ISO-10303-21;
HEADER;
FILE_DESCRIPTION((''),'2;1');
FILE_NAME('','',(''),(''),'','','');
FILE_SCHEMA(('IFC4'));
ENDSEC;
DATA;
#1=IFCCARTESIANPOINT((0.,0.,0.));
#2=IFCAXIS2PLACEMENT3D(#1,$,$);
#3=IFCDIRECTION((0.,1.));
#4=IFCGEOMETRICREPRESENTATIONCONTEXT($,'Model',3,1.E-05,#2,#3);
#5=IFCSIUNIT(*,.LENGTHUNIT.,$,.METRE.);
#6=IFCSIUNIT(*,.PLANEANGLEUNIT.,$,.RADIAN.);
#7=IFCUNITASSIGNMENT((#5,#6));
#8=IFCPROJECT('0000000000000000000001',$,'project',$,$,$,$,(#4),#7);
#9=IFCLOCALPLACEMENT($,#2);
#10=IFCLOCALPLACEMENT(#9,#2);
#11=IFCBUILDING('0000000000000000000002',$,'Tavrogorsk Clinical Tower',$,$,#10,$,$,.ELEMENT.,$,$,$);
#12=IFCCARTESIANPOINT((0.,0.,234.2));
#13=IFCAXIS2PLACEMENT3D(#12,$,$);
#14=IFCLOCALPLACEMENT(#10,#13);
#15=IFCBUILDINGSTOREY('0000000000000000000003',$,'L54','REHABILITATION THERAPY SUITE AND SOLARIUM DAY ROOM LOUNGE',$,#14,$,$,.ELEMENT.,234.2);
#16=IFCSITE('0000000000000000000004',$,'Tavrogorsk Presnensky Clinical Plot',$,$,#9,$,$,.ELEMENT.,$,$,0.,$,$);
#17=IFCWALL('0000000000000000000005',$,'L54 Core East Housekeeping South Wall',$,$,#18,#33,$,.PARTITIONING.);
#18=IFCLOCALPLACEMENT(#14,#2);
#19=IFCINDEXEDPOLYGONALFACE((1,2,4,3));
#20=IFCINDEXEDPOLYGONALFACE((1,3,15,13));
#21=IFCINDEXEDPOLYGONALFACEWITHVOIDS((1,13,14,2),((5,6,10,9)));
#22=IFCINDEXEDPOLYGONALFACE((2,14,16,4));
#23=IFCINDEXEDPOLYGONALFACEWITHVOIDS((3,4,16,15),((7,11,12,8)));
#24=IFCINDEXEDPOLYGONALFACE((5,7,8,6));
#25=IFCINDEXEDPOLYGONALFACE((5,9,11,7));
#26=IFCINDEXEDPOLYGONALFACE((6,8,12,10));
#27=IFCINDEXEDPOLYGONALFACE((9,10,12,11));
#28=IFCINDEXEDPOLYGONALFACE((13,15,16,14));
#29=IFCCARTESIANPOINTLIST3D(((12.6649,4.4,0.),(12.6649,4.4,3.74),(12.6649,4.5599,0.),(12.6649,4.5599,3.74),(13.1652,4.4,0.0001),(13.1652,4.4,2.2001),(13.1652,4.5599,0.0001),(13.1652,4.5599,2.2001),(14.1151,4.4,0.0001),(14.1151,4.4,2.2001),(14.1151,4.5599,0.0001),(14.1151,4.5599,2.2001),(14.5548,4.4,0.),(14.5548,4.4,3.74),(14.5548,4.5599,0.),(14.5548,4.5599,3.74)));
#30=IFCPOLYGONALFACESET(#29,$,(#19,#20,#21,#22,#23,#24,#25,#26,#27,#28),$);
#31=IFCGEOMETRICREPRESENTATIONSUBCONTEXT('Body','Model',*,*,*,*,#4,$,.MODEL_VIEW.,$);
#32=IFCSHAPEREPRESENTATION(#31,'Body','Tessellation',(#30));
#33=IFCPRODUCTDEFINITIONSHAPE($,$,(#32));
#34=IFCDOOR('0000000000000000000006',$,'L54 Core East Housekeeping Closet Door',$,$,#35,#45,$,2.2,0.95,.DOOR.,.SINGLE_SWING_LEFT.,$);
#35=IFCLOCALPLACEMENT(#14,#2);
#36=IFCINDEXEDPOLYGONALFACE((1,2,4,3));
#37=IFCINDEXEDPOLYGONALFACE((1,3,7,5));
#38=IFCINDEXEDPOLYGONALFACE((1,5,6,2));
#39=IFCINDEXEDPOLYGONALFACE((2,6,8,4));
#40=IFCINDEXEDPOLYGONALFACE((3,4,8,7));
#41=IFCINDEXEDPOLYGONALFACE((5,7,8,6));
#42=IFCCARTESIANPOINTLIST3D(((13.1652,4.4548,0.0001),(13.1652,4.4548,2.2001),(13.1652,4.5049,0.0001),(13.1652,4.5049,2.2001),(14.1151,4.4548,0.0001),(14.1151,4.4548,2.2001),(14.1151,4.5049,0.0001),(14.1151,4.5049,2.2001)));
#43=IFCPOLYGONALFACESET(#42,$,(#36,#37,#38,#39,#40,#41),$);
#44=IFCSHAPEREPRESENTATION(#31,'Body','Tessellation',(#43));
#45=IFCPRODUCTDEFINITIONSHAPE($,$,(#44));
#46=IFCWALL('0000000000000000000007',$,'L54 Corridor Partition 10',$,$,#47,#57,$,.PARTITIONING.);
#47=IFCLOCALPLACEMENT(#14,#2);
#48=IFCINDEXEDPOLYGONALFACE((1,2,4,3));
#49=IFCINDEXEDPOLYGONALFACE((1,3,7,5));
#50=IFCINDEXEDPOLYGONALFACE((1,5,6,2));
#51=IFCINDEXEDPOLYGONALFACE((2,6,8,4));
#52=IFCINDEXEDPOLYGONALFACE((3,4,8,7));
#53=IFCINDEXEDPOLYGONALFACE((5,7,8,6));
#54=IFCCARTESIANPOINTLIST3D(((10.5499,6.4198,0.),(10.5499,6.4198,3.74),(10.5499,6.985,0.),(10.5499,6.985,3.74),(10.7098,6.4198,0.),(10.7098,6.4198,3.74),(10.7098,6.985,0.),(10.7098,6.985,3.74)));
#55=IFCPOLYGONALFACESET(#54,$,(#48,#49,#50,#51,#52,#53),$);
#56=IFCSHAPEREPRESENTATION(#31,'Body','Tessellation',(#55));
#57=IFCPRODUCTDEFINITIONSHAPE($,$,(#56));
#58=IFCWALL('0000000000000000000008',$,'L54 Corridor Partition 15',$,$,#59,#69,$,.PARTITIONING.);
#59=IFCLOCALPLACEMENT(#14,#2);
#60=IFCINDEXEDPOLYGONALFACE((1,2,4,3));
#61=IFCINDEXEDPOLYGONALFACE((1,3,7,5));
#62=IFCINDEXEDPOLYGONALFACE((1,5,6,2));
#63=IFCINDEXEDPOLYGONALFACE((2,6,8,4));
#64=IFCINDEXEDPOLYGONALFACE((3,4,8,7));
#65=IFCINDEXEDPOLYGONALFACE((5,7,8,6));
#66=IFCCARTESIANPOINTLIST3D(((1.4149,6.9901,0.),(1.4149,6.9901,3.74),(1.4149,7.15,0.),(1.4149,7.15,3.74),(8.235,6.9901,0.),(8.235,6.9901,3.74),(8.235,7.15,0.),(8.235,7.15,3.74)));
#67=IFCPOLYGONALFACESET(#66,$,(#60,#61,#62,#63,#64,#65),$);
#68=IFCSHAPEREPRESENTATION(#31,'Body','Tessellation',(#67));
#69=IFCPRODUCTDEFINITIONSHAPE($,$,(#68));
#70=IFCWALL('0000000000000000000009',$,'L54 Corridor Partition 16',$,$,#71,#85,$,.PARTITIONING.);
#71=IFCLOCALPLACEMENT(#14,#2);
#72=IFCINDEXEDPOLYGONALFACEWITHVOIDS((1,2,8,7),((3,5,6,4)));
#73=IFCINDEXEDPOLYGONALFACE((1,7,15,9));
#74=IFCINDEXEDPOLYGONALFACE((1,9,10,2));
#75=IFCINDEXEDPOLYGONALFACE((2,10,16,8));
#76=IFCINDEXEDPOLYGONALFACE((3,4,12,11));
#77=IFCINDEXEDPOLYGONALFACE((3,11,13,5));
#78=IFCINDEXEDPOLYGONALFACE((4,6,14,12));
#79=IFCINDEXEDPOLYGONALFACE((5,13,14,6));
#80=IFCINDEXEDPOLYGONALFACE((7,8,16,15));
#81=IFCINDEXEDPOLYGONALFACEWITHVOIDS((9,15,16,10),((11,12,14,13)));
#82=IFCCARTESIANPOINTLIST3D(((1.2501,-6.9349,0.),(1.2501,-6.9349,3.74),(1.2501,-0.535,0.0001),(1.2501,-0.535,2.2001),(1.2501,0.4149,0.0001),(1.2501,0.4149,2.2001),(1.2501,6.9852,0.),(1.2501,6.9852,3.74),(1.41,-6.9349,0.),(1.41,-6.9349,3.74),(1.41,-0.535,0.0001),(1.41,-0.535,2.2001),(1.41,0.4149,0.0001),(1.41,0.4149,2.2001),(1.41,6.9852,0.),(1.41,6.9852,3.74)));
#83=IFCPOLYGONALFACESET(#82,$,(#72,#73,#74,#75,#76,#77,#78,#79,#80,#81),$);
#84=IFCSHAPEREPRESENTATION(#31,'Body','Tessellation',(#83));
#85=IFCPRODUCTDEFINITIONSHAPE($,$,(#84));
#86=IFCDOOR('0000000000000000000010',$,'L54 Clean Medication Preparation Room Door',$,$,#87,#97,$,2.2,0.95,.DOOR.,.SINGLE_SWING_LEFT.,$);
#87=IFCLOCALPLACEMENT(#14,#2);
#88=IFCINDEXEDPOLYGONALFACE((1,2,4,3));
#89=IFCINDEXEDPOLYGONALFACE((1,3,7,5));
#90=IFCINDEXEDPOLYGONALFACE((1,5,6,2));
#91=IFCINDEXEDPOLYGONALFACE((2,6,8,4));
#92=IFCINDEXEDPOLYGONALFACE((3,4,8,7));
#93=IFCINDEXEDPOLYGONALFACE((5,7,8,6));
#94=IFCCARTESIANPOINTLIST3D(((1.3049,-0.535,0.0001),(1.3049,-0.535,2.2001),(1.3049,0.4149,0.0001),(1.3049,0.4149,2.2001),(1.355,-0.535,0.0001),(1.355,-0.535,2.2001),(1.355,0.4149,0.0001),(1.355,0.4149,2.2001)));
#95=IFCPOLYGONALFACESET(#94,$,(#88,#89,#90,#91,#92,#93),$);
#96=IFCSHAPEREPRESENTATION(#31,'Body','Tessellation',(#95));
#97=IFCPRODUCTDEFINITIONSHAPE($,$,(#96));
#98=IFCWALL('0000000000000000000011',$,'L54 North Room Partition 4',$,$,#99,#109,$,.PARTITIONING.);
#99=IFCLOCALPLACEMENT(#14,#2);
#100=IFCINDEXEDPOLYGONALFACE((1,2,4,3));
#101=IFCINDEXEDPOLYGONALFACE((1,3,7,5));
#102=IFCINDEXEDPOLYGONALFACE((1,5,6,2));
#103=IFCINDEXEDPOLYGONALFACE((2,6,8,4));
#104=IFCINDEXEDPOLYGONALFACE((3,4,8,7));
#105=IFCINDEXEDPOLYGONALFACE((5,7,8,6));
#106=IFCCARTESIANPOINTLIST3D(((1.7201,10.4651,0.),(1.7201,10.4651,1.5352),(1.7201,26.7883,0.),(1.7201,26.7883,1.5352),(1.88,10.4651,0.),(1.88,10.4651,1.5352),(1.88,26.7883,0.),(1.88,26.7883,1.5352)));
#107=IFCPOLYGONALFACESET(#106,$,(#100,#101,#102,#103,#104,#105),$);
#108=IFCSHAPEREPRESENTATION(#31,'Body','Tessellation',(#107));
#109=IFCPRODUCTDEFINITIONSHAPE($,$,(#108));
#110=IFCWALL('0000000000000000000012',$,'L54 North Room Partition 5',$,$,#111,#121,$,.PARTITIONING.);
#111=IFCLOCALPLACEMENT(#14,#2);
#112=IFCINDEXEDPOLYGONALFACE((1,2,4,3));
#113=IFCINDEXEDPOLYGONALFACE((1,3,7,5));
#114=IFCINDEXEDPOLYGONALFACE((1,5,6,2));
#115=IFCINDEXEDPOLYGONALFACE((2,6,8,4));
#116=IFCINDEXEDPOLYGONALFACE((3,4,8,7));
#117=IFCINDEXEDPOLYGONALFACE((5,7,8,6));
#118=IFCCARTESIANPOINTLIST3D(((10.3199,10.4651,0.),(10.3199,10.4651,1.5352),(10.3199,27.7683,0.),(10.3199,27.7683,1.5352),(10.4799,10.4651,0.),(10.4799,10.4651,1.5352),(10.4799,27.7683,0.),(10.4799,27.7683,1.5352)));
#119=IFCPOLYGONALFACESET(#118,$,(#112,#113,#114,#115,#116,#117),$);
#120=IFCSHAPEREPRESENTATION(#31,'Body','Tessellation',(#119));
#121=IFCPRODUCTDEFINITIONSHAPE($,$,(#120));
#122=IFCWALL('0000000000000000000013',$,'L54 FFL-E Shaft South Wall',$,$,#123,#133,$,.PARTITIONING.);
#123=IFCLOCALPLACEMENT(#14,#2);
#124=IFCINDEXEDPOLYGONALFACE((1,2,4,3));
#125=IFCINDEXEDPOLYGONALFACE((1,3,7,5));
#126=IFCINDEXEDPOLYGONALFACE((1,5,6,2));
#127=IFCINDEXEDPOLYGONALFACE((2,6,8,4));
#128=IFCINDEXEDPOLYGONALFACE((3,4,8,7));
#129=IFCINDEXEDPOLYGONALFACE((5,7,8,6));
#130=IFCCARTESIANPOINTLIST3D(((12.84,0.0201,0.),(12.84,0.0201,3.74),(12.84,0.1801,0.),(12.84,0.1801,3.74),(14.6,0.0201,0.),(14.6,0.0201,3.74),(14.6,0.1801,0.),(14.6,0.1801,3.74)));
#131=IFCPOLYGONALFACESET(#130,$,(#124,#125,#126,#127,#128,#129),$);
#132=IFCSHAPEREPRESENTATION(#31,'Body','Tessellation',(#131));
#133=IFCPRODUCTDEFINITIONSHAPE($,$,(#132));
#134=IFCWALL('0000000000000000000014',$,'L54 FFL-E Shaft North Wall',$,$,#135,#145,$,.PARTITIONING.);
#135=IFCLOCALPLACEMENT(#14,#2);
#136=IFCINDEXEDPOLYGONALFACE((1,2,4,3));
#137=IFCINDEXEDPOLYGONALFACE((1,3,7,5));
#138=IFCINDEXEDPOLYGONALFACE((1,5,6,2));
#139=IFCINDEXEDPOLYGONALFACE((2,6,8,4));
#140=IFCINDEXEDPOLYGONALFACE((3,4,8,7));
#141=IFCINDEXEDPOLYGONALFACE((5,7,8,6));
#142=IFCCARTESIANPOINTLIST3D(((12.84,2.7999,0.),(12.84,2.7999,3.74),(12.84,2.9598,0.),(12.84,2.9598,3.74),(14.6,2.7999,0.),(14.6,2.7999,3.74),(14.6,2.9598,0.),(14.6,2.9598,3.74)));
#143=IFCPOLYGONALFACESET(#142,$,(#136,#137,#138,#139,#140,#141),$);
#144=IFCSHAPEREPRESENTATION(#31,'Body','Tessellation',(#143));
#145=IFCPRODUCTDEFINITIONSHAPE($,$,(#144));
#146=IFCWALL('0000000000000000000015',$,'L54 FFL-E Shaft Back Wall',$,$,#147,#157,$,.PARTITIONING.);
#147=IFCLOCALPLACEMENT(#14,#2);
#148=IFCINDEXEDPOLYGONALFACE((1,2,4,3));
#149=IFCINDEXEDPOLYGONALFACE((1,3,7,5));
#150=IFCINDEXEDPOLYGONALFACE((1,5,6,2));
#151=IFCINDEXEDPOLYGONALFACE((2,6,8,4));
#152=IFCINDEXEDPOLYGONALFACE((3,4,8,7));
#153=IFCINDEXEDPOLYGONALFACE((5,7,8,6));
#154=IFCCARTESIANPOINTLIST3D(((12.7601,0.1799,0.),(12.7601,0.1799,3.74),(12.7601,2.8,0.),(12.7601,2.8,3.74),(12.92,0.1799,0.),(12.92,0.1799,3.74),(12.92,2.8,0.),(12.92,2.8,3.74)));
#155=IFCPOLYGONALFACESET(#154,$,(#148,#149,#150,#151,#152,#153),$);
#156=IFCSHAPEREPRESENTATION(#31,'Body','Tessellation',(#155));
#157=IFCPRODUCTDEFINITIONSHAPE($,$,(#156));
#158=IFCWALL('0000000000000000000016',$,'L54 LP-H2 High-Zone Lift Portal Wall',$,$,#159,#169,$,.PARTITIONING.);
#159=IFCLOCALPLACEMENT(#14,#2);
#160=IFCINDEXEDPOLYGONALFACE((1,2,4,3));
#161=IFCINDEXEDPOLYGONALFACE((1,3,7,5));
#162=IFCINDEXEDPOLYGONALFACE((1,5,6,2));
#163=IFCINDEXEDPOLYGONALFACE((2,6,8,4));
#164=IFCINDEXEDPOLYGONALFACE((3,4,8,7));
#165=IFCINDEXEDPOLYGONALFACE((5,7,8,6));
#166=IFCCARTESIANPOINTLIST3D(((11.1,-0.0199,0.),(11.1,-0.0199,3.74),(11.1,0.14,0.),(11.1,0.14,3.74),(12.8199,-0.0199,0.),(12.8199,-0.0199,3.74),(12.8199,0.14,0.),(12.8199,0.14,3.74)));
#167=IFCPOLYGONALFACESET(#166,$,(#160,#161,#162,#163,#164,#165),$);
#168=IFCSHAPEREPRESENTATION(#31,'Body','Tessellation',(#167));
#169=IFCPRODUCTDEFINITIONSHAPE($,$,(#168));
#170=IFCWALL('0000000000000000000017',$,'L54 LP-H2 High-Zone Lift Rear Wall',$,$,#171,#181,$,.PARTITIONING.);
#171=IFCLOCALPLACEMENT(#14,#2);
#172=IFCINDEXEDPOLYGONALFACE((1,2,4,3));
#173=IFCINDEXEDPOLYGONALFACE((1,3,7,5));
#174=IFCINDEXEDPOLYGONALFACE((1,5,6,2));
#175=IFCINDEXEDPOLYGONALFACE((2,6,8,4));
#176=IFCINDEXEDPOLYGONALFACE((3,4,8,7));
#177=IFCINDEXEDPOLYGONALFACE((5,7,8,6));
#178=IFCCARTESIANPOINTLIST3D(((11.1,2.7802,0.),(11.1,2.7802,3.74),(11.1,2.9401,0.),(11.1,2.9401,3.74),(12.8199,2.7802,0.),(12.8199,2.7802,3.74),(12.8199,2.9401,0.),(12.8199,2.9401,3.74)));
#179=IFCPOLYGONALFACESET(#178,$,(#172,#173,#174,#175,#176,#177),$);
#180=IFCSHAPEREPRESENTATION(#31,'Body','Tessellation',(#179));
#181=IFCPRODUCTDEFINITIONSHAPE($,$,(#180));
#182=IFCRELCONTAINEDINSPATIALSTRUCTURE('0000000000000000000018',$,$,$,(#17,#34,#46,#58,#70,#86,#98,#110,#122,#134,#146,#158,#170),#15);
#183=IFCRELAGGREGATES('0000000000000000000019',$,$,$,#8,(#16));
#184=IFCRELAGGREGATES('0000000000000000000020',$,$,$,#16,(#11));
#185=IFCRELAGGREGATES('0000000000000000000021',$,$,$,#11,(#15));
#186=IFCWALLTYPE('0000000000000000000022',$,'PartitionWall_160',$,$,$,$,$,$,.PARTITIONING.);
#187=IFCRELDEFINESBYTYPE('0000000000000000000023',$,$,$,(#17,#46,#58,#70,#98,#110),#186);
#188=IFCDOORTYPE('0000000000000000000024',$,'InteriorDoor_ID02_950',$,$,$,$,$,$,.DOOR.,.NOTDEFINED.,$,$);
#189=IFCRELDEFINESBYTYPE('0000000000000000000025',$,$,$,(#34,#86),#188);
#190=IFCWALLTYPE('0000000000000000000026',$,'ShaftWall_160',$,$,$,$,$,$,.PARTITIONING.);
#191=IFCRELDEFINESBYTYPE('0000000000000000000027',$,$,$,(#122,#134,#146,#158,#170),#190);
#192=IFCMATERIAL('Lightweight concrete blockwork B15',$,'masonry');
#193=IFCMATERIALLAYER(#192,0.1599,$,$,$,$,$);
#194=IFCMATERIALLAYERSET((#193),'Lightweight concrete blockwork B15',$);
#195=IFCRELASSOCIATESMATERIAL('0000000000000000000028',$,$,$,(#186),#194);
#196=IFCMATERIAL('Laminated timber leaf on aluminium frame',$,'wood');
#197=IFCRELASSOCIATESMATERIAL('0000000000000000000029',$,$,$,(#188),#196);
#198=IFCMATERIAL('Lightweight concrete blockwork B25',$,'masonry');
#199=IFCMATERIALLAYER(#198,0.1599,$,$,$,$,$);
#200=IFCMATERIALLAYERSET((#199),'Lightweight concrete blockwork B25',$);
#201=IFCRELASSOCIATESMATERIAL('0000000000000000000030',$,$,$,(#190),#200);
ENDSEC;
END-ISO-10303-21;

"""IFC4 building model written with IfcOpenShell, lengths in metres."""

from ifc_helpers import new_model, si_unit, direction, frame, frame_2d, origin, place, context, subcontext, project, spatial, rectangle, extrude, material, layer, layer_set, type_object, element, fill, save


model = new_model("IFC4")

# Units and contexts
model_context = context("Model", 3, precision=1e-05, world=origin(), true_north=direction((0.0, 1.0)))
body_context = subcontext(model_context, "Body", "Model", "MODEL_VIEW")
ifc_project = project(units=[si_unit("LENGTHUNIT", "METRE"), si_unit("PLANEANGLEUNIT", "RADIAN")], contexts=[model_context])

# Site, building, storey
site_placement = place(None, origin())
site = spatial("IfcSite", under=ifc_project, at=site_placement, Name="Tavrogorsk Presnensky Clinical Plot", CompositionType="ELEMENT", RefElevation=0.0)
building_placement = place(site_placement, origin())
building = spatial("IfcBuilding", under=site, at=building_placement, Name="Tavrogorsk Clinical Tower", CompositionType="ELEMENT")
storey_placement = place(building_placement, frame((0.0, 0.0, 234.2)))
storey = spatial("IfcBuildingStorey", under=building, at=storey_placement, Name="L54", Description="REHABILITATION THERAPY SUITE AND SOLARIUM DAY ROOM LOUNGE", CompositionType="ELEMENT", Elevation=234.2)

# Wall, opening, door
ifc_material_1 = material(Name="Lightweight concrete blockwork B15", Category="masonry")
ifc_layer_1 = layer(ifc_material_1, 0.1599)
ifc_layer_set_1 = layer_set([ifc_layer_1], Name="Lightweight concrete blockwork B15")
wall_type_1 = type_object("IfcWallType", Name="PartitionWall_160", PredefinedType="PARTITIONING", material=ifc_layer_set_1)
ifc_material_2 = material(Name="Laminated timber leaf on aluminium frame", Category="wood")
door_type = type_object("IfcDoorType", Name="InteriorDoor_ID02_950", OperationType="NOTDEFINED", PredefinedType="DOOR", material=ifc_material_2)
wall_1_placement = place(storey_placement, frame((12.665, 4.48, 0.0), z_axis=(0.0, 0.0, 1.0), x_axis=(1.0, 0.0, 0.0)))
wall_1 = element("IfcWall", 1, at=wall_1_placement, inside=storey, type_object=wall_type_1, Name="L54 Core East Housekeeping South Wall", PredefinedType="PARTITIONING", context=body_context, shape_type="SweptSolid", body=[
    extrude(rectangle(XDim=1.8899, YDim=0.1599, at=frame_2d((0.9448, 0.0))), origin(), (0.0, 0.0, 1.0), 3.74),
])
opening_1_placement = place(wall_1_placement, frame((0.5, 0.0, 0.0)))
opening_1 = element("IfcOpeningElement", 2, at=opening_1_placement, cuts=wall_1, PredefinedType="OPENING", context=body_context, shape_type="SweptSolid", body=[
    extrude(rectangle(XDim=0.95, YDim=2.2, at=frame_2d((0.4751, 1.1001))), frame((0.0, 0.0898, 0.0), z_axis=(0.0, -1.0, 0.0), x_axis=(1.0, 0.0, 0.0)), (0.0, 0.0, 1.0), 0.1799),
])
door_1_placement = place(opening_1_placement, origin())
door_1 = element("IfcDoor", 3, at=door_1_placement, inside=storey, type_object=door_type, Name="L54 Core East Housekeeping Closet Door", OperationType="SINGLE_SWING_LEFT", OverallHeight=2.2, OverallWidth=0.95, PredefinedType="DOOR", context=body_context, shape_type="SweptSolid", body=[
    extrude(rectangle(XDim=0.95, YDim=2.2, at=frame_2d((0.4751, 1.1001))), frame((0.0, 0.0249, 0.0), z_axis=(0.0, -1.0, 0.0), x_axis=(1.0, 0.0, 0.0)), (0.0, 0.0, 1.0), 0.05),
])
fill(opening_1, door_1)

# Walls
wall_2_placement = place(storey_placement, frame((10.6299, 6.9851, 0.0), z_axis=(0.0, 0.0, 1.0), x_axis=(0.0, -1.0, 0.0)))
element("IfcWall", 4, at=wall_2_placement, inside=storey, type_object=wall_type_1, Name="L54 Corridor Partition 10", PredefinedType="PARTITIONING", context=body_context, shape_type="SweptSolid", body=[
    extrude(rectangle(XDim=0.5652, YDim=0.1599, at=frame_2d((0.2827, 0.0))), origin(), (0.0, 0.0, 1.0), 3.74),
])
wall_3_placement = place(storey_placement, frame((8.2351, 7.0701, 0.0), z_axis=(0.0, 0.0, 1.0), x_axis=(-1.0, 0.0, 0.0)))
element("IfcWall", 5, at=wall_3_placement, inside=storey, type_object=wall_type_1, Name="L54 Corridor Partition 15", PredefinedType="PARTITIONING", context=body_context, shape_type="SweptSolid", body=[
    extrude(rectangle(XDim=6.8201, YDim=0.1599, at=frame_2d((3.4102, 0.0))), origin(), (0.0, 0.0, 1.0), 3.74),
])

# Wall, opening, door
wall_4_placement = place(storey_placement, frame((1.3301, 6.9851, 0.0), z_axis=(0.0, 0.0, 1.0), x_axis=(0.0, -1.0, 0.0)))
wall_4 = element("IfcWall", 6, at=wall_4_placement, inside=storey, type_object=wall_type_1, Name="L54 Corridor Partition 16", PredefinedType="PARTITIONING", context=body_context, shape_type="SweptSolid", body=[
    extrude(rectangle(XDim=13.9202, YDim=0.1599, at=frame_2d((6.96, 0.0))), origin(), (0.0, 0.0, 1.0), 3.74),
])
opening_2_placement = place(wall_4_placement, frame((6.5701, 0.0, 0.0)))
opening_2 = element("IfcOpeningElement", 7, at=opening_2_placement, cuts=wall_4, PredefinedType="OPENING", context=body_context, shape_type="SweptSolid", body=[
    extrude(rectangle(XDim=0.95, YDim=2.2, at=frame_2d((0.4751, 1.1001))), frame((0.0, 0.0898, 0.0), z_axis=(0.0, -1.0, 0.0), x_axis=(1.0, 0.0, 0.0)), (0.0, 0.0, 1.0), 0.1799),
])
door_2_placement = place(opening_2_placement, origin())
door_2 = element("IfcDoor", 8, at=door_2_placement, inside=storey, type_object=door_type, Name="L54 Clean Medication Preparation Room Door", OperationType="SINGLE_SWING_LEFT", OverallHeight=2.2, OverallWidth=0.95, PredefinedType="DOOR", context=body_context, shape_type="SweptSolid", body=[
    extrude(rectangle(XDim=0.95, YDim=2.2, at=frame_2d((0.4751, 1.1001))), frame((0.0, 0.0249, 0.0), z_axis=(0.0, -1.0, 0.0), x_axis=(1.0, 0.0, 0.0)), (0.0, 0.0, 1.0), 0.05),
])
fill(opening_2, door_2)

# Walls
wall_5_placement = place(storey_placement, frame((1.8, 10.4651, 0.0), z_axis=(0.0, 0.0, 1.0), x_axis=(0.0, 1.0, 0.0)))
element("IfcWall", 9, at=wall_5_placement, inside=storey, type_object=wall_type_1, Name="L54 North Room Partition 4", PredefinedType="PARTITIONING", context=body_context, shape_type="SweptSolid", body=[
    extrude(rectangle(XDim=16.3232, YDim=0.1599, at=frame_2d((8.1616, 0.0))), origin(), (0.0, 0.0, 1.0), 1.5352),
])
wall_6_placement = place(storey_placement, frame((10.3999, 10.4651, 0.0), z_axis=(0.0, 0.0, 1.0), x_axis=(0.0, 1.0, 0.0)))
element("IfcWall", 10, at=wall_6_placement, inside=storey, type_object=wall_type_1, Name="L54 North Room Partition 5", PredefinedType="PARTITIONING", context=body_context, shape_type="SweptSolid", body=[
    extrude(rectangle(XDim=17.3032, YDim=0.1599, at=frame_2d((8.6516, 0.0))), origin(), (0.0, 0.0, 1.0), 1.5352),
])
ifc_material_3 = material(Name="Lightweight concrete blockwork B25", Category="masonry")
ifc_layer_2 = layer(ifc_material_3, 0.1599)
ifc_layer_set_2 = layer_set([ifc_layer_2], Name="Lightweight concrete blockwork B25")
wall_type_2 = type_object("IfcWallType", Name="ShaftWall_160", PredefinedType="PARTITIONING", material=ifc_layer_set_2)
for number, where, z_axis, x_axis, name in (
    (11, (12.8401, 0.1001, 0.0), (0.0, 0.0, 1.0), (1.0, 0.0, 0.0), "L54 FFL-E Shaft South Wall"),
    (12, (12.8401, 2.8799, 0.0), (0.0, 0.0, 1.0), (1.0, 0.0, 0.0), "L54 FFL-E Shaft North Wall"),
):
    element("IfcWall", number, at=place(storey_placement, frame(where, z_axis=z_axis, x_axis=x_axis)), inside=storey, type_object=wall_type_2, Name=name, PredefinedType="PARTITIONING", context=body_context, shape_type="SweptSolid", body=[
        extrude(rectangle(XDim=1.76, YDim=0.1599, at=frame_2d((0.8799, 0.0))), origin(), (0.0, 0.0, 1.0), 3.74),
    ])
wall_7_placement = place(storey_placement, frame((12.8401, 0.1799, 0.0), z_axis=(0.0, 0.0, 1.0), x_axis=(0.0, 1.0, 0.0)))
element("IfcWall", 13, at=wall_7_placement, inside=storey, type_object=wall_type_2, Name="L54 FFL-E Shaft Back Wall", PredefinedType="PARTITIONING", context=body_context, shape_type="SweptSolid", body=[
    extrude(rectangle(XDim=2.6201, YDim=0.1599, at=frame_2d((1.3101, 0.0))), origin(), (0.0, 0.0, 1.0), 3.74),
])
for number, where, z_axis, x_axis, name in (
    (14, (11.1001, 0.0601, 0.0), (0.0, 0.0, 1.0), (1.0, 0.0, 0.0), "L54 LP-H2 High-Zone Lift Portal Wall"),
    (15, (11.1001, 2.8601, 0.0), (0.0, 0.0, 1.0), (1.0, 0.0, 0.0), "L54 LP-H2 High-Zone Lift Rear Wall"),
):
    element("IfcWall", number, at=place(storey_placement, frame(where, z_axis=z_axis, x_axis=x_axis)), inside=storey, type_object=wall_type_2, Name=name, PredefinedType="PARTITIONING", context=body_context, shape_type="SweptSolid", body=[
        extrude(rectangle(XDim=1.72, YDim=0.1599, at=frame_2d((0.8599, 0.0))), origin(), (0.0, 0.0, 1.0), 3.74),
    ])

save(model, "model.ifc")
